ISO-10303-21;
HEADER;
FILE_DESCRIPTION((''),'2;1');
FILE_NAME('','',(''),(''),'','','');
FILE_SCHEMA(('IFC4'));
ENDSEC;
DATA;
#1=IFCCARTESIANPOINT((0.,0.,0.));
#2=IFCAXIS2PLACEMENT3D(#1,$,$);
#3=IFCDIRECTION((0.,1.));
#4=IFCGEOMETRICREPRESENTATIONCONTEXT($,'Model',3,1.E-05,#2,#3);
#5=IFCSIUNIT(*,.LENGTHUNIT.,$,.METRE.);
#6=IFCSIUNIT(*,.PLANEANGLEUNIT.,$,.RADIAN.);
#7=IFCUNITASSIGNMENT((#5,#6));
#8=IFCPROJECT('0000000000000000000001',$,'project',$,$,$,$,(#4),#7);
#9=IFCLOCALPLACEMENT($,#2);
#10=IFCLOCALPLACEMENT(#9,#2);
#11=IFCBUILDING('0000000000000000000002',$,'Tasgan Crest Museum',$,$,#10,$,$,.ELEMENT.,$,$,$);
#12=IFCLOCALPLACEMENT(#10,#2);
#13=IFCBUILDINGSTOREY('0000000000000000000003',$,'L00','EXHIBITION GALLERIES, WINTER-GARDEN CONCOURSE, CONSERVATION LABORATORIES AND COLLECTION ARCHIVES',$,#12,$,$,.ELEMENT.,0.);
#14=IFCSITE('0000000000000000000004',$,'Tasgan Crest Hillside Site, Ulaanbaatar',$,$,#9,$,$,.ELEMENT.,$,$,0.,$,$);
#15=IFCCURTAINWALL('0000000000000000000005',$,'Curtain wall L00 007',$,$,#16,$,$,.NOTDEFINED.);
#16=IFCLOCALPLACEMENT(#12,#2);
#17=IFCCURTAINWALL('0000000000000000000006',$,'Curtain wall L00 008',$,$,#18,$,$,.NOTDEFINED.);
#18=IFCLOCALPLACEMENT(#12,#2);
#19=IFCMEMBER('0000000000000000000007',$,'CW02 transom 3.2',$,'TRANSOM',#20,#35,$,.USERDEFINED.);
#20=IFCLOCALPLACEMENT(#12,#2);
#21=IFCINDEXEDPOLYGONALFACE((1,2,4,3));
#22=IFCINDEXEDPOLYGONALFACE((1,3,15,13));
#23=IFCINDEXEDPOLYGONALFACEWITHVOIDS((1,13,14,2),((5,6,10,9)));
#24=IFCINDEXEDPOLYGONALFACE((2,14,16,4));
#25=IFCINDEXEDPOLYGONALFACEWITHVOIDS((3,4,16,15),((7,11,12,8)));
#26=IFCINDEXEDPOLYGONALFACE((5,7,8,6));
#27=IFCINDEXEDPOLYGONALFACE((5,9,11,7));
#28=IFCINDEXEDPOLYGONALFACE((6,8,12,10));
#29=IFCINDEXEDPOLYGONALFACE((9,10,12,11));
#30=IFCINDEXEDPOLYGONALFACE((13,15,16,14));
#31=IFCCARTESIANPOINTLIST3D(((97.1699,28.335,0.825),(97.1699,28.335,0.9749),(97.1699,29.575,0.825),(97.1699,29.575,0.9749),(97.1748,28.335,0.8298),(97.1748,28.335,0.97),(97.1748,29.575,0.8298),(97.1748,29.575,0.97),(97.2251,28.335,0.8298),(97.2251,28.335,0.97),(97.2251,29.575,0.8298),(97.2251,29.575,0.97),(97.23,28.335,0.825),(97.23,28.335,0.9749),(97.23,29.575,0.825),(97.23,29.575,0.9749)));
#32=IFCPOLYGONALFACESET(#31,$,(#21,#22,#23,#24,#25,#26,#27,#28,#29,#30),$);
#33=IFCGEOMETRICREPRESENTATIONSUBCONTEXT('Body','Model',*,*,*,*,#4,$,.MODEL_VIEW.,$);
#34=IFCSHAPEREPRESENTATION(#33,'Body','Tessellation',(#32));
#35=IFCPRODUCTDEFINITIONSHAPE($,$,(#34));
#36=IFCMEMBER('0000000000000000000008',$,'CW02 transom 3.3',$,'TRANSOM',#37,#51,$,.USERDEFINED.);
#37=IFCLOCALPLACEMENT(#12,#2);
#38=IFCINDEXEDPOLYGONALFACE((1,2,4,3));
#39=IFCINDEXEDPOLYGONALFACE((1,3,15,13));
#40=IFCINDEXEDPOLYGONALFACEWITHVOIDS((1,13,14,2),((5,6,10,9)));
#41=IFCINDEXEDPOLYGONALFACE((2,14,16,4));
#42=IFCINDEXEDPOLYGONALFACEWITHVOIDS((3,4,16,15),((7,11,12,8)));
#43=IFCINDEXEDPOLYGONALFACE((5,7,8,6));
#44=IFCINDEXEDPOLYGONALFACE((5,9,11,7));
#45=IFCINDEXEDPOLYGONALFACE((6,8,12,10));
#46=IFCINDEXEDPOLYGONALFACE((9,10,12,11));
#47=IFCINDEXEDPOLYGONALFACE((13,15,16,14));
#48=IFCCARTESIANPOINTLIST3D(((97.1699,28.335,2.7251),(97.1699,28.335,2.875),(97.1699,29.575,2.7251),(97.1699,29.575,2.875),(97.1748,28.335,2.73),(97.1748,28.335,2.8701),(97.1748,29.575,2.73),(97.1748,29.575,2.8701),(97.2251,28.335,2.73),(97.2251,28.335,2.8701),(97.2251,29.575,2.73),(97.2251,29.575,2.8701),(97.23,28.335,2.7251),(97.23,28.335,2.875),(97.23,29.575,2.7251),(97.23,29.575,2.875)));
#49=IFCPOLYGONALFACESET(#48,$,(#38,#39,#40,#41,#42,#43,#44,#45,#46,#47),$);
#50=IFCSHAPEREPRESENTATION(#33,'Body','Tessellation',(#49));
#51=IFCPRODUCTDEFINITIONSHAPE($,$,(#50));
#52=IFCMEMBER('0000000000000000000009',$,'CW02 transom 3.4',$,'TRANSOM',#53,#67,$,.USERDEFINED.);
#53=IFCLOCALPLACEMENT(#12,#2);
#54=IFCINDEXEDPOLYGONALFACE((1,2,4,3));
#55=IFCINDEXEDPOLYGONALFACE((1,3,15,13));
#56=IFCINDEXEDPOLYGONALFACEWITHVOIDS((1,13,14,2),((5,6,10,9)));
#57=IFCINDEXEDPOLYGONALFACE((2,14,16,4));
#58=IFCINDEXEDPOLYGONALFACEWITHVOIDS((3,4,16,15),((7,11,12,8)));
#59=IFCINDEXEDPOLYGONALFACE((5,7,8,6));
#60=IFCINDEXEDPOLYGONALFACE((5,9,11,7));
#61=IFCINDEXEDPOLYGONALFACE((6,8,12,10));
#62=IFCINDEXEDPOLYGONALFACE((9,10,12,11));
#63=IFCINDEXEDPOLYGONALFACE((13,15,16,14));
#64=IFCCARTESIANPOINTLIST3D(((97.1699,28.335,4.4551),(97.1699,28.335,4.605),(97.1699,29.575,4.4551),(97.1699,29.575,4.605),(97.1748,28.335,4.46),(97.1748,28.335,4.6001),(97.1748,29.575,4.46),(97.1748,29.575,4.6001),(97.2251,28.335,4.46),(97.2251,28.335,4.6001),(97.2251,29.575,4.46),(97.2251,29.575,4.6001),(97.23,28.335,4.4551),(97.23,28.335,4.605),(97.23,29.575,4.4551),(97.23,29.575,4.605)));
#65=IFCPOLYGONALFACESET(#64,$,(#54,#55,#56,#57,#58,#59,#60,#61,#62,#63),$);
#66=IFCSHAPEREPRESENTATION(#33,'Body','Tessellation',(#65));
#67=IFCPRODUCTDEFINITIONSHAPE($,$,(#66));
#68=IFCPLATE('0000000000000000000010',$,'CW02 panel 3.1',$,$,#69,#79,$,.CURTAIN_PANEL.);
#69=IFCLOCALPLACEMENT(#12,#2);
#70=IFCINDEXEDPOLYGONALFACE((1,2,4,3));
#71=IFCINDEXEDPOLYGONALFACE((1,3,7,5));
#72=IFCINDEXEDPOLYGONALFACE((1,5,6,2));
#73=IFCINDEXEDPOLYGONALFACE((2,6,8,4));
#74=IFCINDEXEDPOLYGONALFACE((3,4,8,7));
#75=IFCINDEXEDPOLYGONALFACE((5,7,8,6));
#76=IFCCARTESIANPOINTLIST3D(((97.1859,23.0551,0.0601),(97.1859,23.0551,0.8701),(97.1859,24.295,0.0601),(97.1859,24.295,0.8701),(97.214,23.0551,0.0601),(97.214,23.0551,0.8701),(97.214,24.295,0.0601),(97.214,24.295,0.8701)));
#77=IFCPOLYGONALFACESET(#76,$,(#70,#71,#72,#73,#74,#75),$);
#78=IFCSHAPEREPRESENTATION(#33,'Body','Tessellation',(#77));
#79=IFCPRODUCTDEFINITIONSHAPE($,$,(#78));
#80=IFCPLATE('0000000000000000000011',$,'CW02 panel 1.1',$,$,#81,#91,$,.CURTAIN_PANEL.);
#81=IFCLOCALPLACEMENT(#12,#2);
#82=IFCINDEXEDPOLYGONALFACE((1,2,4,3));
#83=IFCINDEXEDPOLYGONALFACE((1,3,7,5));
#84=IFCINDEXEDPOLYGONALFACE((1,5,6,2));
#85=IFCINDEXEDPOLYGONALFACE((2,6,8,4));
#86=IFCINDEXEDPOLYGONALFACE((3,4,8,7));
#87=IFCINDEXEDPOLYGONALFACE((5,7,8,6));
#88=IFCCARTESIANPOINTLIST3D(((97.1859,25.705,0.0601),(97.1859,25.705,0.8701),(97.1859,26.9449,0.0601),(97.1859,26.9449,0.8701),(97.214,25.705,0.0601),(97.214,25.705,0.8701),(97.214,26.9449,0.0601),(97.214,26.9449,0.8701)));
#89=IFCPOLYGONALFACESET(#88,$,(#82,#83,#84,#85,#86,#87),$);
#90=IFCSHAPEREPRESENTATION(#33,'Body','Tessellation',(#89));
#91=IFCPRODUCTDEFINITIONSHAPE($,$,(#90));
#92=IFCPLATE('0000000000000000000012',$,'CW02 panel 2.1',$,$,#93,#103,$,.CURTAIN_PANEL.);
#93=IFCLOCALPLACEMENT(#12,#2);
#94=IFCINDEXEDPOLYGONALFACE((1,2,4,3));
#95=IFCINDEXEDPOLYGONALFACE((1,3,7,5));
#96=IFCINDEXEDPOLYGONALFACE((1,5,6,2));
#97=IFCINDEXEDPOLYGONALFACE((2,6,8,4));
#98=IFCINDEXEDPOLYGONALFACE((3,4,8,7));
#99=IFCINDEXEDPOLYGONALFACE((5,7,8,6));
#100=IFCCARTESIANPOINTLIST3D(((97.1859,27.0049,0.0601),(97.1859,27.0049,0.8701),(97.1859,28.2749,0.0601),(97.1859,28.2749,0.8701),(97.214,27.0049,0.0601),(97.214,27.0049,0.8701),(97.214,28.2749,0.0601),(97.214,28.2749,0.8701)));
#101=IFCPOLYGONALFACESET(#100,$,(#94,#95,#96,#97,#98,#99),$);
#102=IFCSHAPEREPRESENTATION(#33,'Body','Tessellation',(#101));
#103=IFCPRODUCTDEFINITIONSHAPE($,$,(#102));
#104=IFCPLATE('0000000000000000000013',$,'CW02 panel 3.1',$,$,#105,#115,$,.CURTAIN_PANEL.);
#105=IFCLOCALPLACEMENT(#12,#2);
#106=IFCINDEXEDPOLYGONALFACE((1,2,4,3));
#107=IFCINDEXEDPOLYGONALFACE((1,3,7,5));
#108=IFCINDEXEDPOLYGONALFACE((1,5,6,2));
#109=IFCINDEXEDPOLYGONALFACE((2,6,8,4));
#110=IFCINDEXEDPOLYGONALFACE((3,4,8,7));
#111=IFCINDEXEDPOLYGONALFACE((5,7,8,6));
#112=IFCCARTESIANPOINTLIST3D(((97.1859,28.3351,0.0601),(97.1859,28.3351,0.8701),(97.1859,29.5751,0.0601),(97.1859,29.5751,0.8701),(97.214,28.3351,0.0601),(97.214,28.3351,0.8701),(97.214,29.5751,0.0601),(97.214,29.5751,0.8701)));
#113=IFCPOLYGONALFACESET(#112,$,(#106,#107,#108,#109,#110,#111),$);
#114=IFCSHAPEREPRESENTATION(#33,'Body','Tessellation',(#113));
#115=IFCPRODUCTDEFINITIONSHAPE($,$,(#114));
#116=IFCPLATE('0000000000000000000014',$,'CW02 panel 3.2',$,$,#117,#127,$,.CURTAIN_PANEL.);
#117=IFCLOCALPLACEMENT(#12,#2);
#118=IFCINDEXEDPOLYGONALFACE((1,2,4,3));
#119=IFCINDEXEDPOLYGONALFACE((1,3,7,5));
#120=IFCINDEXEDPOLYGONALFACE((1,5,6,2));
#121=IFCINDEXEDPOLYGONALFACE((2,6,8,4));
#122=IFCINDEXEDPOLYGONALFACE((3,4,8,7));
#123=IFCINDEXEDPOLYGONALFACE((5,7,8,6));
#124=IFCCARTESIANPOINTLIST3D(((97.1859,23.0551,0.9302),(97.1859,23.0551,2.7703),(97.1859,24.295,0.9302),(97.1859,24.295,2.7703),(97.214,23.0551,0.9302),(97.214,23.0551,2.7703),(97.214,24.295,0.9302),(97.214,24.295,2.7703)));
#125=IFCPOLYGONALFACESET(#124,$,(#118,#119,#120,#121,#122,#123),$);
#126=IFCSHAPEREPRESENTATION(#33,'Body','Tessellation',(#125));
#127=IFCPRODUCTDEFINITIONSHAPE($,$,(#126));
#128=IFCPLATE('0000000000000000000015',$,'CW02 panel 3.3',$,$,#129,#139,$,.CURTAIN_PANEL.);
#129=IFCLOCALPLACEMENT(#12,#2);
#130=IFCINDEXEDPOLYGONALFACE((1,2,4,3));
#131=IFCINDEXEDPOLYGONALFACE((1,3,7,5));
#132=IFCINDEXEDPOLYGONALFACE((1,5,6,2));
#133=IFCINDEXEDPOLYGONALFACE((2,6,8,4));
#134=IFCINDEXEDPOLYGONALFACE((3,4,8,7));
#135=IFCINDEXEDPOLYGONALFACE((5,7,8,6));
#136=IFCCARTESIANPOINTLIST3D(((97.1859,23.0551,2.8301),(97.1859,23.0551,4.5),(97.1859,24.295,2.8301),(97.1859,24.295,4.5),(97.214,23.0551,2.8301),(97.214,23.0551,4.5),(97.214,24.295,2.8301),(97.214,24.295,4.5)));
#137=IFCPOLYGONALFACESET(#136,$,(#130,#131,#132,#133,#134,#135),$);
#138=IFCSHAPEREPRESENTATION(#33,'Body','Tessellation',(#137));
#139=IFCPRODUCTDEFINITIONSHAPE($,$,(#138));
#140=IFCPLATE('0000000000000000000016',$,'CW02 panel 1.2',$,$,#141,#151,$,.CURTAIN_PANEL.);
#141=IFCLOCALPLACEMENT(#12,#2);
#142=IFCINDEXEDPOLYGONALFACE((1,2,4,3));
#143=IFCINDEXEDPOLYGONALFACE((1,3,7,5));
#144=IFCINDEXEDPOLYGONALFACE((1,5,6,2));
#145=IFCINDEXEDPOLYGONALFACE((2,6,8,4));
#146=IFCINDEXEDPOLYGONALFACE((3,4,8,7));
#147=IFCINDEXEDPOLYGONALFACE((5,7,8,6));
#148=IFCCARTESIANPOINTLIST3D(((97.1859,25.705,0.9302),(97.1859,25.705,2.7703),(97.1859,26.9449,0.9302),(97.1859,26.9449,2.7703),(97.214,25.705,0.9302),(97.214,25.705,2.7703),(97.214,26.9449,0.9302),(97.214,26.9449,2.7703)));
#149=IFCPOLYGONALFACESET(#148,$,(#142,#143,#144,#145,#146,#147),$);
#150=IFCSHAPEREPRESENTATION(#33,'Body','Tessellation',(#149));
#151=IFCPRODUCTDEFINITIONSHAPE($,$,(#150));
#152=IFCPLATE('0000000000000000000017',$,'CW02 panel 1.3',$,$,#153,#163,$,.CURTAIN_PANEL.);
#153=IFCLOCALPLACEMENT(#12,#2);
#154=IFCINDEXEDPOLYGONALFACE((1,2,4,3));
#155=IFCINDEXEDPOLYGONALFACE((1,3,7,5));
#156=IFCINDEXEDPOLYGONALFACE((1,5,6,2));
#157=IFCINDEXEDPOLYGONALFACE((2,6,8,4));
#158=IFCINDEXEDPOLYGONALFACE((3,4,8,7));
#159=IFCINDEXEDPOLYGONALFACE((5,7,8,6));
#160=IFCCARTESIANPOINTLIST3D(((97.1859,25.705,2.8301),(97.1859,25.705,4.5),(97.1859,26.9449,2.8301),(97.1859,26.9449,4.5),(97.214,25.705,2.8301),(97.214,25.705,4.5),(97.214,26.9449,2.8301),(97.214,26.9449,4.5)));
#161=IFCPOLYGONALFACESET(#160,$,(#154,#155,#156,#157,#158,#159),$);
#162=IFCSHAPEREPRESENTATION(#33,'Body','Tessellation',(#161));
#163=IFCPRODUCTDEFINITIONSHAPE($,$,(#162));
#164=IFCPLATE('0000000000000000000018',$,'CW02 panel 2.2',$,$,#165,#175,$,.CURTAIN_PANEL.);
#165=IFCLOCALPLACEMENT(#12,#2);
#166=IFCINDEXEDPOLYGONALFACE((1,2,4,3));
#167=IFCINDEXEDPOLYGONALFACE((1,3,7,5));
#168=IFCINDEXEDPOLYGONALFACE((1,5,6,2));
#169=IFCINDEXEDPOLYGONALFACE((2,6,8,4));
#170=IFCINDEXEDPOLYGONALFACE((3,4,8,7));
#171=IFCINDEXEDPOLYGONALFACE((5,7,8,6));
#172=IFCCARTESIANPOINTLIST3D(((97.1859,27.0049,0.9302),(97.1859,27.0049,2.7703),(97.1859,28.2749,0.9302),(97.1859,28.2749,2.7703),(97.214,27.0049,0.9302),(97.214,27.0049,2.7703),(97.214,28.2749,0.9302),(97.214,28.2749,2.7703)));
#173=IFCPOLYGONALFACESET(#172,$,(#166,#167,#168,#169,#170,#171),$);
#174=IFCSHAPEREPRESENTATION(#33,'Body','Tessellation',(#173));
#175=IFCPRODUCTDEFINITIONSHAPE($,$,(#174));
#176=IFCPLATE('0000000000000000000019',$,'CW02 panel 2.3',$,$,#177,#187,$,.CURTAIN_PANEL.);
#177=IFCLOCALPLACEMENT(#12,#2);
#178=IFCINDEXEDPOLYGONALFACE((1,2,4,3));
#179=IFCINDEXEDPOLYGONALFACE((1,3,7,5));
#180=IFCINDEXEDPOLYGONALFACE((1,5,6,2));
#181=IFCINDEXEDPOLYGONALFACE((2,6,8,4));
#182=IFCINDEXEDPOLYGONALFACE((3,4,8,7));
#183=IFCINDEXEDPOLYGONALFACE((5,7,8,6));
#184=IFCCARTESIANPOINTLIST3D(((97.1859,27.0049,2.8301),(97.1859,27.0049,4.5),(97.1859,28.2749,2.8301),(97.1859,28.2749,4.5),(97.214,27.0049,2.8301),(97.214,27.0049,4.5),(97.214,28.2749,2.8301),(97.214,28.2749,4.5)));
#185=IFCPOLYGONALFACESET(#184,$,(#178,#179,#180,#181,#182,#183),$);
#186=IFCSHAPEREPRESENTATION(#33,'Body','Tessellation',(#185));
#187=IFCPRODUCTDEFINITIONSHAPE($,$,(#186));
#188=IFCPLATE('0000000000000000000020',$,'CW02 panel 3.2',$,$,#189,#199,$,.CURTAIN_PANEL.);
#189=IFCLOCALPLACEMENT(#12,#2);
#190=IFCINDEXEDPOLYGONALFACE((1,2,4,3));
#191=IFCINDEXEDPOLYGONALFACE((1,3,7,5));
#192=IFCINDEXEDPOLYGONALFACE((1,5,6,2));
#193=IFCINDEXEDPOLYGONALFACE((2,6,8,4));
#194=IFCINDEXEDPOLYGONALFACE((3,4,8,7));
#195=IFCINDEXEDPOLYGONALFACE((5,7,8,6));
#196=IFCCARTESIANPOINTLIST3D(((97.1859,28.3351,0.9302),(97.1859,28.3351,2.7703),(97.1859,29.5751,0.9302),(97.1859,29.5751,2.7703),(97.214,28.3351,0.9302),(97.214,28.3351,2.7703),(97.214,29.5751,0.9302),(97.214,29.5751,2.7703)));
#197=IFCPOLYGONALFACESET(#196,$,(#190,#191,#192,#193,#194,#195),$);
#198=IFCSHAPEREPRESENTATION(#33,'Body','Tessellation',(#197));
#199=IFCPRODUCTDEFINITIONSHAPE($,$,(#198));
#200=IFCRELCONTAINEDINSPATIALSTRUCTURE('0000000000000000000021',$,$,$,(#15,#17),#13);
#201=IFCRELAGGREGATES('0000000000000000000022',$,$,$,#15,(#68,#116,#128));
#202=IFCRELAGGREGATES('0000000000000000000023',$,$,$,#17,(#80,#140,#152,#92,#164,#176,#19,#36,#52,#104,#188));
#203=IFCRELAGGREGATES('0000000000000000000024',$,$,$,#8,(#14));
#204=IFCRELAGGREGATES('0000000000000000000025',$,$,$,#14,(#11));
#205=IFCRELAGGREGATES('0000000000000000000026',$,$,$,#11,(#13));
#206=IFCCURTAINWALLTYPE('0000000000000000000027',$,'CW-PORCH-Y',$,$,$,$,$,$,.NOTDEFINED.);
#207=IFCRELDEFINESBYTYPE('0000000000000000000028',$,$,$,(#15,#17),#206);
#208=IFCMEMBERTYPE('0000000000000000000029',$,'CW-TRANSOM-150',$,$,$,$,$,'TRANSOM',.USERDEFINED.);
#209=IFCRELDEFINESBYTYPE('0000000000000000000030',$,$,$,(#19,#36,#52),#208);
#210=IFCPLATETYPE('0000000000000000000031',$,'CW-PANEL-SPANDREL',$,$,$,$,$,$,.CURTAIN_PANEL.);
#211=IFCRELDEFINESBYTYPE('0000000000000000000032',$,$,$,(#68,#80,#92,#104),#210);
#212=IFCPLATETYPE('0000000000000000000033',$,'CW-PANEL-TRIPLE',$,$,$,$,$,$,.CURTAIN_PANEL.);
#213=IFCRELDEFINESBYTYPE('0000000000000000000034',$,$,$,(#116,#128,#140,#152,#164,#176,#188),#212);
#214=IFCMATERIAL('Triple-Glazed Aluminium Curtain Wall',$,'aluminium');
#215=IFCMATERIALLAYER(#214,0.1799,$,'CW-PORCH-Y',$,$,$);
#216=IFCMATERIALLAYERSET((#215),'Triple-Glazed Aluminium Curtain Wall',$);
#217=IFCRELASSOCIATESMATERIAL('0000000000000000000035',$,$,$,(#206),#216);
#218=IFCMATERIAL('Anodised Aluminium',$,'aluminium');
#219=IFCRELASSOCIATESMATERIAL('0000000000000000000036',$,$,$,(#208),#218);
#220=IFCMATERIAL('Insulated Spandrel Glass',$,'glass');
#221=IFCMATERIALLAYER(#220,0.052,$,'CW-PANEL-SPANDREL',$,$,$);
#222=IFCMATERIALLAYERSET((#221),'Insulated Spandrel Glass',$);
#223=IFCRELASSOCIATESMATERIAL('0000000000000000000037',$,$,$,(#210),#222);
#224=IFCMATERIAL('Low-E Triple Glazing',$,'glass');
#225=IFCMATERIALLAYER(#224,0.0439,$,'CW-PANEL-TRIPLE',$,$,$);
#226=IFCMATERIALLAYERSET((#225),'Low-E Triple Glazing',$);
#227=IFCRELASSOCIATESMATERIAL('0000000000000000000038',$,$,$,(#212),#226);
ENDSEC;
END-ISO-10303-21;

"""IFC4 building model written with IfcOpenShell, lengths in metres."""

from ifc_helpers import new_model, si_unit, direction, frame, origin, origin_2d, place, context, subcontext, project, spatial, rectangle, hollow_rectangle, extrude, material, layer, layer_set, material_profile, profile_set, type_object, element, aggregate, save


model = new_model("IFC4")

# Units and contexts
model_context = context("Model", 3, precision=1e-05, world=origin(), true_north=direction((0.0, 1.0)))
body_context = subcontext(model_context, "Body", "Model", "MODEL_VIEW")
ifc_project = project(units=[si_unit("LENGTHUNIT", "METRE"), si_unit("PLANEANGLEUNIT", "RADIAN")], contexts=[model_context])

# Site, building, storey
site_placement = place(None, origin())
site = spatial("IfcSite", under=ifc_project, at=site_placement, Name="Tasgan Crest Hillside Site, Ulaanbaatar", CompositionType="ELEMENT", RefElevation=0.0)
building_placement = place(site_placement, origin())
building = spatial("IfcBuilding", under=site, at=building_placement, Name="Tasgan Crest Museum", CompositionType="ELEMENT")
storey_placement = place(building_placement, origin())
storey = spatial("IfcBuildingStorey", under=building, at=storey_placement, Name="L00", Description="EXHIBITION GALLERIES, WINTER-GARDEN CONCOURSE, CONSERVATION LABORATORIES AND COLLECTION ARCHIVES", CompositionType="ELEMENT", Elevation=0.0)

# Curtain wall
ifc_material_1 = material(Name="Triple-Glazed Aluminium Curtain Wall", Category="aluminium")
ifc_layer_1 = layer(ifc_material_1, 0.1799, Name="CW-PORCH-Y")
ifc_layer_set_1 = layer_set([ifc_layer_1], Name="Triple-Glazed Aluminium Curtain Wall")
curtain_wall_type = type_object("IfcCurtainWallType", Name="CW-PORCH-Y", PredefinedType="NOTDEFINED", material=ifc_layer_set_1)
curtain_wall_1_placement = place(storey_placement, origin())
curtain_wall_1 = element("IfcCurtainWall", 1, at=curtain_wall_1_placement, inside=storey, type_object=curtain_wall_type, Name="Curtain wall L00 007", PredefinedType="NOTDEFINED")

# Curtain wall
curtain_wall_2_placement = place(storey_placement, origin())
curtain_wall_2 = element("IfcCurtainWall", 2, at=curtain_wall_2_placement, inside=storey, type_object=curtain_wall_type, Name="Curtain wall L00 008", PredefinedType="NOTDEFINED")

# Members
ifc_material_2 = material(Name="Anodised Aluminium", Category="aluminium")
ifc_material_profile_1 = material_profile(ifc_material_2, hollow_rectangle(XDim=0.0601, YDim=0.1499, WallThickness=0.0049, at=origin_2d()), Name="ALU TRANSOM 150x60x5")
ifc_profile_set_1 = profile_set([ifc_material_profile_1], Name="Anodised Aluminium")
member_type_1 = type_object("IfcMemberType", Name="CW-TRANSOM-150", ElementType="TRANSOM", PredefinedType="USERDEFINED", material=ifc_profile_set_1)
member_1_placement = place(storey_placement, frame((97.2, 28.335, 0.8999), z_axis=(0.0, 1.0, 0.0), x_axis=(-1.0, 0.0, 0.0)))
member_1 = element("IfcMember", 3, at=member_1_placement, type_object=member_type_1, Name="CW02 transom 3.2", ObjectType="TRANSOM", PredefinedType="USERDEFINED", context=body_context, shape_type="SweptSolid", body=[
    extrude(hollow_rectangle(XDim=0.0601, YDim=0.1499, WallThickness=0.0049, at=origin_2d()), origin(), (0.0, 0.0, 1.0), 1.24),
])
member_2_placement = place(storey_placement, frame((97.2, 28.335, 2.8), z_axis=(0.0, 1.0, 0.0), x_axis=(-1.0, 0.0, 0.0)))
member_2 = element("IfcMember", 4, at=member_2_placement, type_object=member_type_1, Name="CW02 transom 3.3", ObjectType="TRANSOM", PredefinedType="USERDEFINED", context=body_context, shape_type="SweptSolid", body=[
    extrude(hollow_rectangle(XDim=0.0601, YDim=0.1499, WallThickness=0.0049, at=origin_2d()), origin(), (0.0, 0.0, 1.0), 1.24),
])
member_3_placement = place(storey_placement, frame((97.2, 28.335, 4.53), z_axis=(0.0, 1.0, 0.0), x_axis=(-1.0, 0.0, 0.0)))
member_3 = element("IfcMember", 5, at=member_3_placement, type_object=member_type_1, Name="CW02 transom 3.4", ObjectType="TRANSOM", PredefinedType="USERDEFINED", context=body_context, shape_type="SweptSolid", body=[
    extrude(hollow_rectangle(XDim=0.0601, YDim=0.1499, WallThickness=0.0049, at=origin_2d()), origin(), (0.0, 0.0, 1.0), 1.24),
])

# Plates
ifc_material_3 = material(Name="Insulated Spandrel Glass", Category="glass")
ifc_layer_2 = layer(ifc_material_3, 0.052, Name="CW-PANEL-SPANDREL")
ifc_layer_set_2 = layer_set([ifc_layer_2], Name="Insulated Spandrel Glass")
plate_type_1 = type_object("IfcPlateType", Name="CW-PANEL-SPANDREL", PredefinedType="CURTAIN_PANEL", material=ifc_layer_set_2)
plate_1_placement = place(storey_placement, frame((97.2, 23.675, 0.0601), z_axis=(0.0, 0.0, 1.0), x_axis=(0.0, 1.0, 0.0)))
plate_1 = element("IfcPlate", 6, at=plate_1_placement, type_object=plate_type_1, Name="CW02 panel 3.1", PredefinedType="CURTAIN_PANEL", context=body_context, shape_type="SweptSolid", body=[
    extrude(rectangle(XDim=1.24, YDim=0.0281, at=origin_2d()), origin(), (0.0, 0.0, 1.0), 0.8101),
])
plate_2_placement = place(storey_placement, frame((97.2, 26.325, 0.0601), z_axis=(0.0, 0.0, 1.0), x_axis=(0.0, 1.0, 0.0)))
plate_2 = element("IfcPlate", 7, at=plate_2_placement, type_object=plate_type_1, Name="CW02 panel 1.1", PredefinedType="CURTAIN_PANEL", context=body_context, shape_type="SweptSolid", body=[
    extrude(rectangle(XDim=1.24, YDim=0.0281, at=origin_2d()), origin(), (0.0, 0.0, 1.0), 0.8101),
])
plate_3_placement = place(storey_placement, frame((97.2, 27.6399, 0.0601), z_axis=(0.0, 0.0, 1.0), x_axis=(0.0, 1.0, 0.0)))
plate_3 = element("IfcPlate", 8, at=plate_3_placement, type_object=plate_type_1, Name="CW02 panel 2.1", PredefinedType="CURTAIN_PANEL", context=body_context, shape_type="SweptSolid", body=[
    extrude(rectangle(XDim=1.27, YDim=0.0281, at=origin_2d()), origin(), (0.0, 0.0, 1.0), 0.8101),
])
plate_4_placement = place(storey_placement, frame((97.2, 28.9551, 0.0601), z_axis=(0.0, 0.0, 1.0), x_axis=(0.0, 1.0, 0.0)))
plate_4 = element("IfcPlate", 9, at=plate_4_placement, type_object=plate_type_1, Name="CW02 panel 3.1", PredefinedType="CURTAIN_PANEL", context=body_context, shape_type="SweptSolid", body=[
    extrude(rectangle(XDim=1.24, YDim=0.0281, at=origin_2d()), origin(), (0.0, 0.0, 1.0), 0.8101),
])
ifc_material_4 = material(Name="Low-E Triple Glazing", Category="glass")
ifc_layer_3 = layer(ifc_material_4, 0.0439, Name="CW-PANEL-TRIPLE")
ifc_layer_set_3 = layer_set([ifc_layer_3], Name="Low-E Triple Glazing")
plate_type_2 = type_object("IfcPlateType", Name="CW-PANEL-TRIPLE", PredefinedType="CURTAIN_PANEL", material=ifc_layer_set_3)
plate_5_placement = place(storey_placement, frame((97.2, 23.675, 0.9302), z_axis=(0.0, 0.0, 1.0), x_axis=(0.0, 1.0, 0.0)))
plate_5 = element("IfcPlate", 10, at=plate_5_placement, type_object=plate_type_2, Name="CW02 panel 3.2", PredefinedType="CURTAIN_PANEL", context=body_context, shape_type="SweptSolid", body=[
    extrude(rectangle(XDim=1.24, YDim=0.0281, at=origin_2d()), origin(), (0.0, 0.0, 1.0), 1.8401),
])
plate_6_placement = place(storey_placement, frame((97.2, 23.675, 2.8301), z_axis=(0.0, 0.0, 1.0), x_axis=(0.0, 1.0, 0.0)))
plate_6 = element("IfcPlate", 11, at=plate_6_placement, type_object=plate_type_2, Name="CW02 panel 3.3", PredefinedType="CURTAIN_PANEL", context=body_context, shape_type="SweptSolid", body=[
    extrude(rectangle(XDim=1.24, YDim=0.0281, at=origin_2d()), origin(), (0.0, 0.0, 1.0), 1.6699),
])
aggregate(curtain_wall_1, [plate_1, plate_5, plate_6])
plate_7_placement = place(storey_placement, frame((97.2, 26.325, 0.9302), z_axis=(0.0, 0.0, 1.0), x_axis=(0.0, 1.0, 0.0)))
plate_7 = element("IfcPlate", 12, at=plate_7_placement, type_object=plate_type_2, Name="CW02 panel 1.2", PredefinedType="CURTAIN_PANEL", context=body_context, shape_type="SweptSolid", body=[
    extrude(rectangle(XDim=1.24, YDim=0.0281, at=origin_2d()), origin(), (0.0, 0.0, 1.0), 1.8401),
])
plate_8_placement = place(storey_placement, frame((97.2, 26.325, 2.8301), z_axis=(0.0, 0.0, 1.0), x_axis=(0.0, 1.0, 0.0)))
plate_8 = element("IfcPlate", 13, at=plate_8_placement, type_object=plate_type_2, Name="CW02 panel 1.3", PredefinedType="CURTAIN_PANEL", context=body_context, shape_type="SweptSolid", body=[
    extrude(rectangle(XDim=1.24, YDim=0.0281, at=origin_2d()), origin(), (0.0, 0.0, 1.0), 1.6699),
])
plate_9_placement = place(storey_placement, frame((97.2, 27.6399, 0.9302), z_axis=(0.0, 0.0, 1.0), x_axis=(0.0, 1.0, 0.0)))
plate_9 = element("IfcPlate", 14, at=plate_9_placement, type_object=plate_type_2, Name="CW02 panel 2.2", PredefinedType="CURTAIN_PANEL", context=body_context, shape_type="SweptSolid", body=[
    extrude(rectangle(XDim=1.27, YDim=0.0281, at=origin_2d()), origin(), (0.0, 0.0, 1.0), 1.8401),
])
plate_10_placement = place(storey_placement, frame((97.2, 27.6399, 2.8301), z_axis=(0.0, 0.0, 1.0), x_axis=(0.0, 1.0, 0.0)))
plate_10 = element("IfcPlate", 15, at=plate_10_placement, type_object=plate_type_2, Name="CW02 panel 2.3", PredefinedType="CURTAIN_PANEL", context=body_context, shape_type="SweptSolid", body=[
    extrude(rectangle(XDim=1.27, YDim=0.0281, at=origin_2d()), origin(), (0.0, 0.0, 1.0), 1.6699),
])
plate_11_placement = place(storey_placement, frame((97.2, 28.9551, 0.9302), z_axis=(0.0, 0.0, 1.0), x_axis=(0.0, 1.0, 0.0)))
plate_11 = element("IfcPlate", 16, at=plate_11_placement, type_object=plate_type_2, Name="CW02 panel 3.2", PredefinedType="CURTAIN_PANEL", context=body_context, shape_type="SweptSolid", body=[
    extrude(rectangle(XDim=1.24, YDim=0.0281, at=origin_2d()), origin(), (0.0, 0.0, 1.0), 1.8401),
])
aggregate(curtain_wall_2, [plate_2, plate_7, plate_8, plate_3, plate_9, plate_10, member_1, member_2, member_3, plate_4, plate_11])

save(model, "model.ifc")
